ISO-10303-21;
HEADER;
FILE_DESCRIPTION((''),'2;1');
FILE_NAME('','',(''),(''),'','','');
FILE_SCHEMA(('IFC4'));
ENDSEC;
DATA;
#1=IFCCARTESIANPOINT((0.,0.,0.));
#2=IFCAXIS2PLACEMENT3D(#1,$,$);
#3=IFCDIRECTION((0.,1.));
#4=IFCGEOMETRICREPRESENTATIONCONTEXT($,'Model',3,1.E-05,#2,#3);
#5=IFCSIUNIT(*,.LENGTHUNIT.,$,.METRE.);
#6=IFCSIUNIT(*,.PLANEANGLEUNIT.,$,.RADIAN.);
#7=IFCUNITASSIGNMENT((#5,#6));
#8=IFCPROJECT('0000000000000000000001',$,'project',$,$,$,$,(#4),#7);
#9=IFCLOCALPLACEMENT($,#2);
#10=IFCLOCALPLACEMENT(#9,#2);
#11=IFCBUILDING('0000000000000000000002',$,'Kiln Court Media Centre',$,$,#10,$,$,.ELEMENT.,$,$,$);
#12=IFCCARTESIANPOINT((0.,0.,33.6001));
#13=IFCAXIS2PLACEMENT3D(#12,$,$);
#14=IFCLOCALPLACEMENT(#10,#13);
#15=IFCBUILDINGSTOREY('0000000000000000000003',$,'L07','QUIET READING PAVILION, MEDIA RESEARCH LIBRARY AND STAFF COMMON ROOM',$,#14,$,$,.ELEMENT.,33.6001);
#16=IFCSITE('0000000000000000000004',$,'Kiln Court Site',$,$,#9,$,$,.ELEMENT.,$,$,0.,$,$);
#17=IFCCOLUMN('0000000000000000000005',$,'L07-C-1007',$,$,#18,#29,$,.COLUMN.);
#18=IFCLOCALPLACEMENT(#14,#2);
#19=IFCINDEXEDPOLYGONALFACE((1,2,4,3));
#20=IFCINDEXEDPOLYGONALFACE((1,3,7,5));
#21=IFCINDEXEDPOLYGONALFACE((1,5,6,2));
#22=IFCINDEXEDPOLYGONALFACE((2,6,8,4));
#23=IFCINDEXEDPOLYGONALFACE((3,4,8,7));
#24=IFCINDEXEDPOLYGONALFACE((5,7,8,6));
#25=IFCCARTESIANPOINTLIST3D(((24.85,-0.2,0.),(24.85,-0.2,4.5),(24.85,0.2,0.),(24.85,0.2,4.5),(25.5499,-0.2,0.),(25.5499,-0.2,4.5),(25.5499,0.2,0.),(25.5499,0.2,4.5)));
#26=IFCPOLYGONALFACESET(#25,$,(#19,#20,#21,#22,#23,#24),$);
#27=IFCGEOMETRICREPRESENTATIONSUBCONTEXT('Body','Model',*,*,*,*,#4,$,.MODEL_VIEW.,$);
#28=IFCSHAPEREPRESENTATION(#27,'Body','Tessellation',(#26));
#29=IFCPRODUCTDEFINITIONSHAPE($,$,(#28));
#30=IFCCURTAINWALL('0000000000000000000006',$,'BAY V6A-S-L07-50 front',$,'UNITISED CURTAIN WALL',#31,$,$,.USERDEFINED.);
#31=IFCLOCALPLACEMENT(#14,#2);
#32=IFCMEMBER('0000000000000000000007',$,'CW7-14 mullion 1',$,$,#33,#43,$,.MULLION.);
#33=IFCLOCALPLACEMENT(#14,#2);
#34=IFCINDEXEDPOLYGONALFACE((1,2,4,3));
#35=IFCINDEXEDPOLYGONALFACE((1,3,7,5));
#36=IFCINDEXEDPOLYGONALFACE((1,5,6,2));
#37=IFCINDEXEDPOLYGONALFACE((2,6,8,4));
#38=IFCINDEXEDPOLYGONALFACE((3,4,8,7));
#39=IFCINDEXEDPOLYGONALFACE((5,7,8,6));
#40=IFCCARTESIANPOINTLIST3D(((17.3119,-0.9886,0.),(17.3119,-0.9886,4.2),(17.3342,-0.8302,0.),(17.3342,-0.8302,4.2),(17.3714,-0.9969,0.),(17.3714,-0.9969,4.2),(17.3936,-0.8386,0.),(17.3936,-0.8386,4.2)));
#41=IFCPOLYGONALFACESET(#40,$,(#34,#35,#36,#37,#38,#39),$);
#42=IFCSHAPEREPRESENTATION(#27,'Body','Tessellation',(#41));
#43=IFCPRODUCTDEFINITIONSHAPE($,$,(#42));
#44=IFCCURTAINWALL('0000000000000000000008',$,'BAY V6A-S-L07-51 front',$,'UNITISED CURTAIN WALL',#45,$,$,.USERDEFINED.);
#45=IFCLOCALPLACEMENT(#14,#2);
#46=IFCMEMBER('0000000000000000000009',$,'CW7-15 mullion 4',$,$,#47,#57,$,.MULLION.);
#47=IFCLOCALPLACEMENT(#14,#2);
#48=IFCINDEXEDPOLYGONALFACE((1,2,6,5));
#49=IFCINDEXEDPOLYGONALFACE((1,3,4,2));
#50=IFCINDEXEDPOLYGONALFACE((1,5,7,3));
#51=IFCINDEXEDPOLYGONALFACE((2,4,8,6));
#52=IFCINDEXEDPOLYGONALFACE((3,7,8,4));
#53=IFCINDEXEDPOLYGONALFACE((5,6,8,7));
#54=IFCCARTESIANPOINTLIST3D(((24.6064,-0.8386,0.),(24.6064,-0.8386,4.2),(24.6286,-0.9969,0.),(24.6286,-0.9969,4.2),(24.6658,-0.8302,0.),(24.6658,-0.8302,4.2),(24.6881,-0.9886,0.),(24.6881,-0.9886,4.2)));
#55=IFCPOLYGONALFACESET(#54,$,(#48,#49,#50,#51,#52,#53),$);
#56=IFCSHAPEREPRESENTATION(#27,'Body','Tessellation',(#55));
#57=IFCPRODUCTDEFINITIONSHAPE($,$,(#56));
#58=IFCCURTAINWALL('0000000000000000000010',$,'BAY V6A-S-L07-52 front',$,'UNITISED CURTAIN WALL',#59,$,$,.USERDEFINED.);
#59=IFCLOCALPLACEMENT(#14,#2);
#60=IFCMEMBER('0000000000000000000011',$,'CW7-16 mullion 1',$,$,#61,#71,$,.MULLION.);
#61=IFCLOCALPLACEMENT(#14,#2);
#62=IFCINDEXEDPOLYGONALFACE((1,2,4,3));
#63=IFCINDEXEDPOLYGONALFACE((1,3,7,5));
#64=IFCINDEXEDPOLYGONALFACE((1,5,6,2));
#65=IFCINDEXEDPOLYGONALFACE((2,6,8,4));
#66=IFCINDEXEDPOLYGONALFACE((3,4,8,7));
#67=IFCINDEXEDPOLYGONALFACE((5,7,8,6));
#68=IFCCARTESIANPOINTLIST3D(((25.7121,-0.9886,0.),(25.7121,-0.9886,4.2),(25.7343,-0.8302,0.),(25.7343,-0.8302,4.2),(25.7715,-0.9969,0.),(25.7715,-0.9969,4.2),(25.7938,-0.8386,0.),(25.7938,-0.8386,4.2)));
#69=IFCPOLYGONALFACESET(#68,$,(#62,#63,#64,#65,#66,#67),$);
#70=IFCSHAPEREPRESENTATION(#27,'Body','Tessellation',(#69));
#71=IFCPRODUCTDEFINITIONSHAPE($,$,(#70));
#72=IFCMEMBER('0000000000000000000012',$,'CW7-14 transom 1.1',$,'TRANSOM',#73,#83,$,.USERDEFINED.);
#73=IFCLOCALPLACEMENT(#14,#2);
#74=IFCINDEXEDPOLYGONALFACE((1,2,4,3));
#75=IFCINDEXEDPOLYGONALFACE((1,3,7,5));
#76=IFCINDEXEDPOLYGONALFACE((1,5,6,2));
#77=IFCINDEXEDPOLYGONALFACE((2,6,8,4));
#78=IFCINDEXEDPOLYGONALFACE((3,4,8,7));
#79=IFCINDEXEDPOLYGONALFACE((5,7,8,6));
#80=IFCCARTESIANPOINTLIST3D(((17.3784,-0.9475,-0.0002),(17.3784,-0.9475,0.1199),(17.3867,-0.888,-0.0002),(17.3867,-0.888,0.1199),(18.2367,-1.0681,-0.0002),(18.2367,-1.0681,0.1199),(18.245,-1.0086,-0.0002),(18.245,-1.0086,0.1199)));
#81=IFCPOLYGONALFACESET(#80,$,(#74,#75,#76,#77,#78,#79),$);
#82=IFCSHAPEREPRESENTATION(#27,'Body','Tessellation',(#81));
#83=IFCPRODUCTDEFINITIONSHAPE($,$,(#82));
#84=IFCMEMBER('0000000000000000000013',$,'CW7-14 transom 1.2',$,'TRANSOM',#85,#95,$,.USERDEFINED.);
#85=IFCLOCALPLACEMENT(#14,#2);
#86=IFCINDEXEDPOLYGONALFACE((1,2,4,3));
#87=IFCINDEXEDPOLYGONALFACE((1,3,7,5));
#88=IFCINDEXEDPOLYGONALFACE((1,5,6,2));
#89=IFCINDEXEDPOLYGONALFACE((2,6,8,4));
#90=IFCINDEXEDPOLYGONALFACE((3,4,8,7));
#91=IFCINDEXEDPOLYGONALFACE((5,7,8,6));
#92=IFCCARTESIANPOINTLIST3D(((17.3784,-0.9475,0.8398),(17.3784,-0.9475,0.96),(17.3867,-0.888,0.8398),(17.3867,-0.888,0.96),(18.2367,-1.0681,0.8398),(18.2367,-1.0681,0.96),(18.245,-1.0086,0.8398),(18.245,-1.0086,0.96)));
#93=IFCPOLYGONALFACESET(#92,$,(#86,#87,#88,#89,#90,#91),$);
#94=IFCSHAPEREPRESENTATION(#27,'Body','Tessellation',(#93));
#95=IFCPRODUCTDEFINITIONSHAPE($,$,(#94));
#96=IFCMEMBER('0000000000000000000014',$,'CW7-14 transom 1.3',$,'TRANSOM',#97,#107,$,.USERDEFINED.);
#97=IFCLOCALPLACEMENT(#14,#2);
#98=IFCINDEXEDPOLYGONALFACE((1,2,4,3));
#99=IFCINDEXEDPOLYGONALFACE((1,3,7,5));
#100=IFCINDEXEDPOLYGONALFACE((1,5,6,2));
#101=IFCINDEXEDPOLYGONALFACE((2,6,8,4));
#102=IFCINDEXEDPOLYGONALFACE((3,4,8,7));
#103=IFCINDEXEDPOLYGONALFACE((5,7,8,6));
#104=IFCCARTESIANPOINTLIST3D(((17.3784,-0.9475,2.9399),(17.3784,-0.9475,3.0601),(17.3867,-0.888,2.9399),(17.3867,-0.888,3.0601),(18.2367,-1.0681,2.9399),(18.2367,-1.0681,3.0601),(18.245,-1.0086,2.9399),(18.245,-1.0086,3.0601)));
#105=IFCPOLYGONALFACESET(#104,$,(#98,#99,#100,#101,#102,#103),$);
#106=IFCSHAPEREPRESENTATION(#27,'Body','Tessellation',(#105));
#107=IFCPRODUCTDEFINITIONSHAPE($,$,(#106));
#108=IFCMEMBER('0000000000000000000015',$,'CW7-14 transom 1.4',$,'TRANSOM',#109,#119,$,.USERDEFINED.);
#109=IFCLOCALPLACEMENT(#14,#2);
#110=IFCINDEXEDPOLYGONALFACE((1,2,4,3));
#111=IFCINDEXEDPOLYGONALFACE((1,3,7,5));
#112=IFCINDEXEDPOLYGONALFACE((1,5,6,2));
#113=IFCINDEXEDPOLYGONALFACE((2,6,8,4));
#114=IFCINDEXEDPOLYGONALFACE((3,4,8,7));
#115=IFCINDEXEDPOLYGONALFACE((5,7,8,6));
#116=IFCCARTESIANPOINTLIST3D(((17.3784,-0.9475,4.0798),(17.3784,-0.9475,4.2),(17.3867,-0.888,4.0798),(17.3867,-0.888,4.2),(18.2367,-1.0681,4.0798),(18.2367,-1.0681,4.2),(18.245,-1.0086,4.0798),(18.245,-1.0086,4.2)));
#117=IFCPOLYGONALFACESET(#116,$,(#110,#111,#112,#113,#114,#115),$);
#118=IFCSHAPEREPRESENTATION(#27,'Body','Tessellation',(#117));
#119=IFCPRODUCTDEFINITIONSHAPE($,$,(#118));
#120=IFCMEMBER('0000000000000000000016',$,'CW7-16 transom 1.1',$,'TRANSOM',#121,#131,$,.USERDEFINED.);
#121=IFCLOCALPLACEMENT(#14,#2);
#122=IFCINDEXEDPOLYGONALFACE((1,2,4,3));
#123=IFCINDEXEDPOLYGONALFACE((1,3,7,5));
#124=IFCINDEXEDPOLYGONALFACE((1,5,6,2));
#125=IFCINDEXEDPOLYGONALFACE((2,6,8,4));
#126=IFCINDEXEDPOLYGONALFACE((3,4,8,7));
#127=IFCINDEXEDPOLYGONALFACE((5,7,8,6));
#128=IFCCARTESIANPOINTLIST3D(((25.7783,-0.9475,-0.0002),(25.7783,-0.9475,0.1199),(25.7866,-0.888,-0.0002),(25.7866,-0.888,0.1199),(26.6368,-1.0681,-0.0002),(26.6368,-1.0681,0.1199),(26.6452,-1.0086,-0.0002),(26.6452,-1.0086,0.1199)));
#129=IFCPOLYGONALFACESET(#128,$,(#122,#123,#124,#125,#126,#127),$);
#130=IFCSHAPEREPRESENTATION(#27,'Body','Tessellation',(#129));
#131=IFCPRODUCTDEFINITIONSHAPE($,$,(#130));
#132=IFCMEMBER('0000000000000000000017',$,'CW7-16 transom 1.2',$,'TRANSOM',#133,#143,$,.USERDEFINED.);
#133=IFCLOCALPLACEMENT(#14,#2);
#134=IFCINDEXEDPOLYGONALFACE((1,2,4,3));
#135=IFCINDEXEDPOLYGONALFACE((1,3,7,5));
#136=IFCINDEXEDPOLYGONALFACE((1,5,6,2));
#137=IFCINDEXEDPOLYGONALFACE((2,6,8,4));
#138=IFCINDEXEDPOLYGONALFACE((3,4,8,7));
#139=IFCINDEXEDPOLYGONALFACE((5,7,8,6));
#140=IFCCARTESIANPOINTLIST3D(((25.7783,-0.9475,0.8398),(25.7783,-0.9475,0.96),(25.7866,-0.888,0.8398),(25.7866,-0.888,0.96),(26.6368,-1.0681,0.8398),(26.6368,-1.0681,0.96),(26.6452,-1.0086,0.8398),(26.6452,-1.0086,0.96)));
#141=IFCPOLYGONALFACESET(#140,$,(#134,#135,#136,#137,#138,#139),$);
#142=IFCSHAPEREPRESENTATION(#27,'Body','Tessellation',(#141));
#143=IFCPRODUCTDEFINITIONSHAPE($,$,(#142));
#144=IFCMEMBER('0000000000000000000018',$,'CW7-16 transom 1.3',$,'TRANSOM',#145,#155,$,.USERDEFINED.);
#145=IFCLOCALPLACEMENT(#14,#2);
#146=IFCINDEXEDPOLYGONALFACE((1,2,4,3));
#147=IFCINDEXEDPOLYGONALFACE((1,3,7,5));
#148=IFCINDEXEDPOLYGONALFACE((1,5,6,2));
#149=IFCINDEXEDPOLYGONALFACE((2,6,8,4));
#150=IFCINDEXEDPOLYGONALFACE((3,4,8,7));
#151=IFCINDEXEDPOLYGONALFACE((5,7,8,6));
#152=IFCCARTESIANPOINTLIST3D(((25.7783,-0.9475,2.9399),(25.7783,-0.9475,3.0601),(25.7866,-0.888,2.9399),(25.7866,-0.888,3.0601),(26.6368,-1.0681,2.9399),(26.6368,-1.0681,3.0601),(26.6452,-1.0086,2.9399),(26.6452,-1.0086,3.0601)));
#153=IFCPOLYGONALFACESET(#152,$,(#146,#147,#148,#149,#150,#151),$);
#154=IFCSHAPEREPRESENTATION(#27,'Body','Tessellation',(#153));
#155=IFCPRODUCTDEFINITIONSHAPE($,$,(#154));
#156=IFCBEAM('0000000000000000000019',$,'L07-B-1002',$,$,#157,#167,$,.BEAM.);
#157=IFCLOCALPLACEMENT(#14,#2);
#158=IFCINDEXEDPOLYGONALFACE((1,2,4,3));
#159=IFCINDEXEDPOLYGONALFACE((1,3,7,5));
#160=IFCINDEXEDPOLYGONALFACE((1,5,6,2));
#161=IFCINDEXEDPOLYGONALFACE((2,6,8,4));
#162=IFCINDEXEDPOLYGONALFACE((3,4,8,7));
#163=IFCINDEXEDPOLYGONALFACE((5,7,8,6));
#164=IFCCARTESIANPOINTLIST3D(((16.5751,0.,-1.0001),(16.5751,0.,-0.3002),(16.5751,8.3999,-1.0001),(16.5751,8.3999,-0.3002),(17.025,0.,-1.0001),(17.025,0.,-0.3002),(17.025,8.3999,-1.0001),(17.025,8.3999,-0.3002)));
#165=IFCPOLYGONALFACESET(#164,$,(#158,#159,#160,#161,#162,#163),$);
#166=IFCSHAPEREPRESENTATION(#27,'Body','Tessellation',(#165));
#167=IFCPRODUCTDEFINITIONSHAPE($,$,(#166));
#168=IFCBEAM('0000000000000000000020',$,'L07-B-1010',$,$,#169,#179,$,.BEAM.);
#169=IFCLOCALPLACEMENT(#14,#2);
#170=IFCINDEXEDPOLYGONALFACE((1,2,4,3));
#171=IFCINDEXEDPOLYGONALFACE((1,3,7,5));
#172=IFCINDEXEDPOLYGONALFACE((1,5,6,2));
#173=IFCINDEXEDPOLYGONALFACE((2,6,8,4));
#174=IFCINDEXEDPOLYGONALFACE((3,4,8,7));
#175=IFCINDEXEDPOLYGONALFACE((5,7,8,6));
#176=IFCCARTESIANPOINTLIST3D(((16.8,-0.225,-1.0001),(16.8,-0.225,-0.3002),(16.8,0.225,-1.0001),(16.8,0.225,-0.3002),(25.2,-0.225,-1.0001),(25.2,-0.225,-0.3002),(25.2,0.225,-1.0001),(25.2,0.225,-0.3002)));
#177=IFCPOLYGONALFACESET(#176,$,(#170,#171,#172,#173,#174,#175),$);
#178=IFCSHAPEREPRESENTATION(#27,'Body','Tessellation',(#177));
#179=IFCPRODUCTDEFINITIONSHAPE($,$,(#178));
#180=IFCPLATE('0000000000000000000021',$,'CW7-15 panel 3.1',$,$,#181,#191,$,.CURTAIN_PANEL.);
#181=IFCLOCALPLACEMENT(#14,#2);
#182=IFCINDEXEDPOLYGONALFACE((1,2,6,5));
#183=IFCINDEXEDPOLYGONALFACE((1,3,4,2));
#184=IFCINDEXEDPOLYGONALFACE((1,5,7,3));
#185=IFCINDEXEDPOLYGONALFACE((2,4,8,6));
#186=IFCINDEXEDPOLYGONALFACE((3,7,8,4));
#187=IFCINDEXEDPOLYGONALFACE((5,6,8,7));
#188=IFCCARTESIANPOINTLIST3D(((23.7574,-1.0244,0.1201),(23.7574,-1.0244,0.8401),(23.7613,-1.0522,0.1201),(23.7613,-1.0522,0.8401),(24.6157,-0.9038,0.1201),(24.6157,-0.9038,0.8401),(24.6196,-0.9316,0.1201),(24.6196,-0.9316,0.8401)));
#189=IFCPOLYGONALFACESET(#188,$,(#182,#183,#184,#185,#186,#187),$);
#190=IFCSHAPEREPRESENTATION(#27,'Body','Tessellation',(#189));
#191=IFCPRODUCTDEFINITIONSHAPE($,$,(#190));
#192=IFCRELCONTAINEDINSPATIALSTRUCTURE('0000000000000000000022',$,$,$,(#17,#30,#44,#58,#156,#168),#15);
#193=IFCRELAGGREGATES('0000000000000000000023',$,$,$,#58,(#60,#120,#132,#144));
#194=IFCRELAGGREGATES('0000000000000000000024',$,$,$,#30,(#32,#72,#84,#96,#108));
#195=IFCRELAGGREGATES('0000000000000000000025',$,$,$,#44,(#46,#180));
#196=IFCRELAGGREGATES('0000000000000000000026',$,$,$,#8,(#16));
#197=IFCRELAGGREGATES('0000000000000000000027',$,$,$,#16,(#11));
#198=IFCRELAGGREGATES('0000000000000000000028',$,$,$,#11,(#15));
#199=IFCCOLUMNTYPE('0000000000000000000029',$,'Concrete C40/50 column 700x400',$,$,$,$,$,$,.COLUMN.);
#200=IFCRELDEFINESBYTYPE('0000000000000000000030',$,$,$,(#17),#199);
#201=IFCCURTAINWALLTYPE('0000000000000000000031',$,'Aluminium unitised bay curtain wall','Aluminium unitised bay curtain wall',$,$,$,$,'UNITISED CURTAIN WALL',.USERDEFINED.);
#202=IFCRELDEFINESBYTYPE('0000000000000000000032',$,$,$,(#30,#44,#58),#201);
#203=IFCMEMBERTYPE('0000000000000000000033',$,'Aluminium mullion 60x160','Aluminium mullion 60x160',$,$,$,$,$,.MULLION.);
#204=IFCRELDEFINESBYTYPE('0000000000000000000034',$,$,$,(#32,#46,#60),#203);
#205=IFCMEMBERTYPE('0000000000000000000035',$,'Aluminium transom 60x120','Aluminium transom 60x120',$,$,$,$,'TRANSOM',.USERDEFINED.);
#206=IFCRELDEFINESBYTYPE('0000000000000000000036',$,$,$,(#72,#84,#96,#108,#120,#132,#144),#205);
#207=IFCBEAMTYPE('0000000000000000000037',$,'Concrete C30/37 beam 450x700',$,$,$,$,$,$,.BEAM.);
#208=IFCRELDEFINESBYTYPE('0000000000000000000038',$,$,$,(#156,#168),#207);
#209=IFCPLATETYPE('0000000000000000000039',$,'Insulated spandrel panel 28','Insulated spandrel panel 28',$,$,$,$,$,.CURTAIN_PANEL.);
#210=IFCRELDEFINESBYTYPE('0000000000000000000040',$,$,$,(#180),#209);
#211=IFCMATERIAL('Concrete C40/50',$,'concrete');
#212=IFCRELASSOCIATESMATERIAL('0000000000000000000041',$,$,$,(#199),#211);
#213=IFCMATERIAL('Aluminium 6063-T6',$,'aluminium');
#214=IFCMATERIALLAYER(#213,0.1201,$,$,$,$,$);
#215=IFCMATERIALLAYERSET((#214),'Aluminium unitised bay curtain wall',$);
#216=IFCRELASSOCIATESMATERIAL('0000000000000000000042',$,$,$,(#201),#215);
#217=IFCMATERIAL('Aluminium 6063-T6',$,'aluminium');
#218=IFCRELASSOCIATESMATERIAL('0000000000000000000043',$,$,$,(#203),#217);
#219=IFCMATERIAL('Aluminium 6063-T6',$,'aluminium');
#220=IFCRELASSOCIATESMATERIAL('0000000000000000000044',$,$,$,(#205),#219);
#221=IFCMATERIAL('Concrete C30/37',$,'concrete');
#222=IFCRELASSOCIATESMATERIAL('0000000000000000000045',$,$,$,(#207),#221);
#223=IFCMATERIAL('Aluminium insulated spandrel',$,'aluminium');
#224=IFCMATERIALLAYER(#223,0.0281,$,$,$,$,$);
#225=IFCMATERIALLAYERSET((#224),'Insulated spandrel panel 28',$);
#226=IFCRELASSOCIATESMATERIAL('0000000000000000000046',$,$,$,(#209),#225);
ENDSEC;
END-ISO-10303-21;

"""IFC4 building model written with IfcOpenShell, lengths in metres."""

from ifc_helpers import new_model, si_unit, direction, frame, origin, origin_2d, place, context, subcontext, project, spatial, rectangle, extrude, material, layer, layer_set, material_profile, profile_set, type_object, element, aggregate, save


model = new_model("IFC4")

# Units and contexts
model_context = context("Model", 3, precision=1e-05, world=origin(), true_north=direction((0.0, 1.0)))
body_context = subcontext(model_context, "Body", "Model", "MODEL_VIEW")
ifc_project = project(units=[si_unit("LENGTHUNIT", "METRE"), si_unit("PLANEANGLEUNIT", "RADIAN")], contexts=[model_context])

# Site, building, storey
site_placement = place(None, origin())
site = spatial("IfcSite", under=ifc_project, at=site_placement, Name="Kiln Court Site", CompositionType="ELEMENT", RefElevation=0.0)
building_placement = place(site_placement, origin())
building = spatial("IfcBuilding", under=site, at=building_placement, Name="Kiln Court Media Centre", CompositionType="ELEMENT")
storey_placement = place(building_placement, frame((0.0, 0.0, 33.6001)))
storey = spatial("IfcBuildingStorey", under=building, at=storey_placement, Name="L07", Description="QUIET READING PAVILION, MEDIA RESEARCH LIBRARY AND STAFF COMMON ROOM", CompositionType="ELEMENT", Elevation=33.6001)

# Column
ifc_material_1 = material(Name="Concrete C40/50", Category="concrete")
ifc_material_profile_1 = material_profile(ifc_material_1, rectangle(XDim=0.7, YDim=0.3999, at=origin_2d()), Name="RC 700x400")
ifc_profile_set_1 = profile_set([ifc_material_profile_1], Name="Concrete C40/50")
column_type = type_object("IfcColumnType", Name="Concrete C40/50 column 700x400", PredefinedType="COLUMN", material=ifc_profile_set_1)
column_placement = place(storey_placement, frame((25.2, 0.0, 0.0), z_axis=(0.0, 0.0, 1.0), x_axis=(1.0, 0.0, 0.0)))
element("IfcColumn", 1, at=column_placement, inside=storey, type_object=column_type, Name="L07-C-1007", PredefinedType="COLUMN", context=body_context, shape_type="SweptSolid", body=[
    extrude(rectangle(XDim=0.7, YDim=0.3999, at=origin_2d()), origin(), (0.0, 0.0, 1.0), 4.5),
])

# Curtain walls, members
ifc_material_2 = material(Name="Aluminium 6063-T6", Category="aluminium")
ifc_layer_1 = layer(ifc_material_2, 0.1201)
ifc_layer_set_1 = layer_set([ifc_layer_1], Name="Aluminium unitised bay curtain wall")
curtain_wall_type = type_object("IfcCurtainWallType", Name="Aluminium unitised bay curtain wall", Description="Aluminium unitised bay curtain wall", ElementType="UNITISED CURTAIN WALL", PredefinedType="USERDEFINED", material=ifc_layer_set_1)
curtain_wall_1_placement = place(storey_placement, origin())
curtain_wall_1 = element("IfcCurtainWall", 2, at=curtain_wall_1_placement, inside=storey, type_object=curtain_wall_type, Name="BAY V6A-S-L07-50 front", ObjectType="UNITISED CURTAIN WALL", PredefinedType="USERDEFINED")
ifc_material_3 = material(Name="Aluminium 6063-T6", Category="aluminium")
ifc_material_profile_2 = material_profile(ifc_material_3, rectangle(XDim=0.0601, YDim=0.1599, at=origin_2d()), Name="Aluminium mullion 60x160")
ifc_profile_set_2 = profile_set([ifc_material_profile_2], Name="Aluminium 6063-T6")
member_type_1 = type_object("IfcMemberType", Name="Aluminium mullion 60x160", Description="Aluminium mullion 60x160", PredefinedType="MULLION", material=ifc_profile_set_2)
member_1_placement = place(storey_placement, frame((17.3528, -0.9136, 0.0), z_axis=(0.0, 0.0, 1.0), x_axis=(0.99027, -0.139162, 0.0)))
member_1 = element("IfcMember", 3, at=member_1_placement, type_object=member_type_1, Name="CW7-14 mullion 1", PredefinedType="MULLION", context=body_context, shape_type="SweptSolid", body=[
    extrude(rectangle(XDim=0.0601, YDim=0.1599, at=origin_2d()), origin(), (0.0, 0.0, 1.0), 4.2),
])
curtain_wall_2_placement = place(storey_placement, origin())
curtain_wall_2 = element("IfcCurtainWall", 4, at=curtain_wall_2_placement, inside=storey, type_object=curtain_wall_type, Name="BAY V6A-S-L07-51 front", ObjectType="UNITISED CURTAIN WALL", PredefinedType="USERDEFINED")
member_2_placement = place(storey_placement, frame((24.6472, -0.9136, 0.0), z_axis=(0.0, 0.0, 1.0), x_axis=(0.99027, 0.139162, 0.0)))
member_2 = element("IfcMember", 5, at=member_2_placement, type_object=member_type_1, Name="CW7-15 mullion 4", PredefinedType="MULLION", context=body_context, shape_type="SweptSolid", body=[
    extrude(rectangle(XDim=0.0601, YDim=0.1599, at=origin_2d()), origin(), (0.0, 0.0, 1.0), 4.2),
])
curtain_wall_3_placement = place(storey_placement, origin())
curtain_wall_3 = element("IfcCurtainWall", 6, at=curtain_wall_3_placement, inside=storey, type_object=curtain_wall_type, Name="BAY V6A-S-L07-52 front", ObjectType="UNITISED CURTAIN WALL", PredefinedType="USERDEFINED")
member_3_placement = place(storey_placement, frame((25.7529, -0.9136, 0.0), z_axis=(0.0, 0.0, 1.0), x_axis=(0.99027, -0.139162, 0.0)))
member_3 = element("IfcMember", 7, at=member_3_placement, type_object=member_type_1, Name="CW7-16 mullion 1", PredefinedType="MULLION", context=body_context, shape_type="SweptSolid", body=[
    extrude(rectangle(XDim=0.0601, YDim=0.1599, at=origin_2d()), origin(), (0.0, 0.0, 1.0), 4.2),
])

# Members
ifc_material_4 = material(Name="Aluminium 6063-T6", Category="aluminium")
ifc_material_profile_3 = material_profile(ifc_material_4, rectangle(XDim=0.0601, YDim=0.1201, at=origin_2d()), Name="Aluminium transom 60x120")
ifc_profile_set_3 = profile_set([ifc_material_profile_3], Name="Aluminium 6063-T6")
member_type_2 = type_object("IfcMemberType", Name="Aluminium transom 60x120", Description="Aluminium transom 60x120", ElementType="TRANSOM", PredefinedType="USERDEFINED", material=ifc_profile_set_3)
member_4_placement = place(storey_placement, frame((17.3826, -0.9177, 0.0598), z_axis=(0.990268, -0.139173, 0.0), x_axis=(0.139173, 0.990268, 0.0)))
member_4 = element("IfcMember", 8, at=member_4_placement, type_object=member_type_2, Name="CW7-14 transom 1.1", ObjectType="TRANSOM", PredefinedType="USERDEFINED", context=body_context, shape_type="SweptSolid", body=[
    extrude(rectangle(XDim=0.0601, YDim=0.1201, at=origin_2d()), origin(), (0.0, 0.0, 1.0), 0.8667),
])
member_5_placement = place(storey_placement, frame((17.3826, -0.9177, 0.8999), z_axis=(0.990268, -0.139173, 0.0), x_axis=(0.139173, 0.990268, 0.0)))
member_5 = element("IfcMember", 9, at=member_5_placement, type_object=member_type_2, Name="CW7-14 transom 1.2", ObjectType="TRANSOM", PredefinedType="USERDEFINED", context=body_context, shape_type="SweptSolid", body=[
    extrude(rectangle(XDim=0.0601, YDim=0.1201, at=origin_2d()), origin(), (0.0, 0.0, 1.0), 0.8667),
])
member_6_placement = place(storey_placement, frame((17.3826, -0.9177, 3.0), z_axis=(0.990268, -0.139173, 0.0), x_axis=(0.139173, 0.990268, 0.0)))
member_6 = element("IfcMember", 10, at=member_6_placement, type_object=member_type_2, Name="CW7-14 transom 1.3", ObjectType="TRANSOM", PredefinedType="USERDEFINED", context=body_context, shape_type="SweptSolid", body=[
    extrude(rectangle(XDim=0.0601, YDim=0.1201, at=origin_2d()), origin(), (0.0, 0.0, 1.0), 0.8667),
])
member_7_placement = place(storey_placement, frame((17.3826, -0.9177, 4.1399), z_axis=(0.990268, -0.139173, 0.0), x_axis=(0.139173, 0.990268, 0.0)))
member_7 = element("IfcMember", 11, at=member_7_placement, type_object=member_type_2, Name="CW7-14 transom 1.4", ObjectType="TRANSOM", PredefinedType="USERDEFINED", context=body_context, shape_type="SweptSolid", body=[
    extrude(rectangle(XDim=0.0601, YDim=0.1201, at=origin_2d()), origin(), (0.0, 0.0, 1.0), 0.8667),
])
member_8_placement = place(storey_placement, frame((25.7825, -0.9177, 0.0598), z_axis=(0.990274, -0.139134, 0.0), x_axis=(0.139134, 0.990274, 0.0)))
member_8 = element("IfcMember", 12, at=member_8_placement, type_object=member_type_2, Name="CW7-16 transom 1.1", ObjectType="TRANSOM", PredefinedType="USERDEFINED", context=body_context, shape_type="SweptSolid", body=[
    extrude(rectangle(XDim=0.0601, YDim=0.1201, at=origin_2d()), origin(), (0.0, 0.0, 1.0), 0.8669),
])
member_9_placement = place(storey_placement, frame((25.7825, -0.9177, 0.8999), z_axis=(0.990274, -0.139134, 0.0), x_axis=(0.139134, 0.990274, 0.0)))
member_9 = element("IfcMember", 13, at=member_9_placement, type_object=member_type_2, Name="CW7-16 transom 1.2", ObjectType="TRANSOM", PredefinedType="USERDEFINED", context=body_context, shape_type="SweptSolid", body=[
    extrude(rectangle(XDim=0.0601, YDim=0.1201, at=origin_2d()), origin(), (0.0, 0.0, 1.0), 0.8669),
])
member_10_placement = place(storey_placement, frame((25.7825, -0.9177, 3.0), z_axis=(0.990274, -0.139134, 0.0), x_axis=(0.139134, 0.990274, 0.0)))
member_10 = element("IfcMember", 14, at=member_10_placement, type_object=member_type_2, Name="CW7-16 transom 1.3", ObjectType="TRANSOM", PredefinedType="USERDEFINED", context=body_context, shape_type="SweptSolid", body=[
    extrude(rectangle(XDim=0.0601, YDim=0.1201, at=origin_2d()), origin(), (0.0, 0.0, 1.0), 0.8669),
])
aggregate(curtain_wall_3, [member_3, member_8, member_9, member_10])

# Beams
ifc_material_5 = material(Name="Concrete C30/37", Category="concrete")
ifc_material_profile_4 = material_profile(ifc_material_5, rectangle(XDim=0.45, YDim=0.7, at=origin_2d()), Name="RC 450x700")
ifc_profile_set_4 = profile_set([ifc_material_profile_4], Name="Concrete C30/37")
beam_type = type_object("IfcBeamType", Name="Concrete C30/37 beam 450x700", PredefinedType="BEAM", material=ifc_profile_set_4)
for number, where, z_axis, x_axis, name in (
    (15, (16.8, 0.0, -0.6501), (0.0, 1.0, 0.0), (-1.0, 0.0, 0.0), "L07-B-1002"),
    (16, (16.8, 0.0, -0.6501), (1.0, 0.0, 0.0), (0.0, 1.0, 0.0), "L07-B-1010"),
):
    element("IfcBeam", number, at=place(storey_placement, frame(where, z_axis=z_axis, x_axis=x_axis)), inside=storey, type_object=beam_type, Name=name, PredefinedType="BEAM", context=body_context, shape_type="SweptSolid", body=[
        extrude(rectangle(XDim=0.45, YDim=0.7, at=origin_2d()), origin(), (0.0, 0.0, 1.0), 8.3999),
    ])

# Plate
ifc_material_6 = material(Name="Aluminium insulated spandrel", Category="aluminium")
ifc_layer_2 = layer(ifc_material_6, 0.0281)
ifc_layer_set_2 = layer_set([ifc_layer_2], Name="Insulated spandrel panel 28")
plate_type_1 = type_object("IfcPlateType", Name="Insulated spandrel panel 28", Description="Insulated spandrel panel 28", PredefinedType="CURTAIN_PANEL", material=ifc_layer_set_2)
plate_1_placement = place(storey_placement, frame((24.1885, -0.978, 0.1201), z_axis=(0.0, 0.0, 1.0), x_axis=(0.99027, 0.139162, 0.0)))
plate_1 = element("IfcPlate", 17, at=plate_1_placement, type_object=plate_type_1, Name="CW7-15 panel 3.1", PredefinedType="CURTAIN_PANEL", context=body_context, shape_type="SweptSolid", body=[
    extrude(rectangle(XDim=0.8667, YDim=0.0281, at=origin_2d()), origin(), (0.0, 0.0, 1.0), 0.72),
])
aggregate(curtain_wall_1, [member_1, member_4, member_5, member_6, member_7])
aggregate(curtain_wall_2, [member_2, plate_1])

save(model, "model.ifc")
